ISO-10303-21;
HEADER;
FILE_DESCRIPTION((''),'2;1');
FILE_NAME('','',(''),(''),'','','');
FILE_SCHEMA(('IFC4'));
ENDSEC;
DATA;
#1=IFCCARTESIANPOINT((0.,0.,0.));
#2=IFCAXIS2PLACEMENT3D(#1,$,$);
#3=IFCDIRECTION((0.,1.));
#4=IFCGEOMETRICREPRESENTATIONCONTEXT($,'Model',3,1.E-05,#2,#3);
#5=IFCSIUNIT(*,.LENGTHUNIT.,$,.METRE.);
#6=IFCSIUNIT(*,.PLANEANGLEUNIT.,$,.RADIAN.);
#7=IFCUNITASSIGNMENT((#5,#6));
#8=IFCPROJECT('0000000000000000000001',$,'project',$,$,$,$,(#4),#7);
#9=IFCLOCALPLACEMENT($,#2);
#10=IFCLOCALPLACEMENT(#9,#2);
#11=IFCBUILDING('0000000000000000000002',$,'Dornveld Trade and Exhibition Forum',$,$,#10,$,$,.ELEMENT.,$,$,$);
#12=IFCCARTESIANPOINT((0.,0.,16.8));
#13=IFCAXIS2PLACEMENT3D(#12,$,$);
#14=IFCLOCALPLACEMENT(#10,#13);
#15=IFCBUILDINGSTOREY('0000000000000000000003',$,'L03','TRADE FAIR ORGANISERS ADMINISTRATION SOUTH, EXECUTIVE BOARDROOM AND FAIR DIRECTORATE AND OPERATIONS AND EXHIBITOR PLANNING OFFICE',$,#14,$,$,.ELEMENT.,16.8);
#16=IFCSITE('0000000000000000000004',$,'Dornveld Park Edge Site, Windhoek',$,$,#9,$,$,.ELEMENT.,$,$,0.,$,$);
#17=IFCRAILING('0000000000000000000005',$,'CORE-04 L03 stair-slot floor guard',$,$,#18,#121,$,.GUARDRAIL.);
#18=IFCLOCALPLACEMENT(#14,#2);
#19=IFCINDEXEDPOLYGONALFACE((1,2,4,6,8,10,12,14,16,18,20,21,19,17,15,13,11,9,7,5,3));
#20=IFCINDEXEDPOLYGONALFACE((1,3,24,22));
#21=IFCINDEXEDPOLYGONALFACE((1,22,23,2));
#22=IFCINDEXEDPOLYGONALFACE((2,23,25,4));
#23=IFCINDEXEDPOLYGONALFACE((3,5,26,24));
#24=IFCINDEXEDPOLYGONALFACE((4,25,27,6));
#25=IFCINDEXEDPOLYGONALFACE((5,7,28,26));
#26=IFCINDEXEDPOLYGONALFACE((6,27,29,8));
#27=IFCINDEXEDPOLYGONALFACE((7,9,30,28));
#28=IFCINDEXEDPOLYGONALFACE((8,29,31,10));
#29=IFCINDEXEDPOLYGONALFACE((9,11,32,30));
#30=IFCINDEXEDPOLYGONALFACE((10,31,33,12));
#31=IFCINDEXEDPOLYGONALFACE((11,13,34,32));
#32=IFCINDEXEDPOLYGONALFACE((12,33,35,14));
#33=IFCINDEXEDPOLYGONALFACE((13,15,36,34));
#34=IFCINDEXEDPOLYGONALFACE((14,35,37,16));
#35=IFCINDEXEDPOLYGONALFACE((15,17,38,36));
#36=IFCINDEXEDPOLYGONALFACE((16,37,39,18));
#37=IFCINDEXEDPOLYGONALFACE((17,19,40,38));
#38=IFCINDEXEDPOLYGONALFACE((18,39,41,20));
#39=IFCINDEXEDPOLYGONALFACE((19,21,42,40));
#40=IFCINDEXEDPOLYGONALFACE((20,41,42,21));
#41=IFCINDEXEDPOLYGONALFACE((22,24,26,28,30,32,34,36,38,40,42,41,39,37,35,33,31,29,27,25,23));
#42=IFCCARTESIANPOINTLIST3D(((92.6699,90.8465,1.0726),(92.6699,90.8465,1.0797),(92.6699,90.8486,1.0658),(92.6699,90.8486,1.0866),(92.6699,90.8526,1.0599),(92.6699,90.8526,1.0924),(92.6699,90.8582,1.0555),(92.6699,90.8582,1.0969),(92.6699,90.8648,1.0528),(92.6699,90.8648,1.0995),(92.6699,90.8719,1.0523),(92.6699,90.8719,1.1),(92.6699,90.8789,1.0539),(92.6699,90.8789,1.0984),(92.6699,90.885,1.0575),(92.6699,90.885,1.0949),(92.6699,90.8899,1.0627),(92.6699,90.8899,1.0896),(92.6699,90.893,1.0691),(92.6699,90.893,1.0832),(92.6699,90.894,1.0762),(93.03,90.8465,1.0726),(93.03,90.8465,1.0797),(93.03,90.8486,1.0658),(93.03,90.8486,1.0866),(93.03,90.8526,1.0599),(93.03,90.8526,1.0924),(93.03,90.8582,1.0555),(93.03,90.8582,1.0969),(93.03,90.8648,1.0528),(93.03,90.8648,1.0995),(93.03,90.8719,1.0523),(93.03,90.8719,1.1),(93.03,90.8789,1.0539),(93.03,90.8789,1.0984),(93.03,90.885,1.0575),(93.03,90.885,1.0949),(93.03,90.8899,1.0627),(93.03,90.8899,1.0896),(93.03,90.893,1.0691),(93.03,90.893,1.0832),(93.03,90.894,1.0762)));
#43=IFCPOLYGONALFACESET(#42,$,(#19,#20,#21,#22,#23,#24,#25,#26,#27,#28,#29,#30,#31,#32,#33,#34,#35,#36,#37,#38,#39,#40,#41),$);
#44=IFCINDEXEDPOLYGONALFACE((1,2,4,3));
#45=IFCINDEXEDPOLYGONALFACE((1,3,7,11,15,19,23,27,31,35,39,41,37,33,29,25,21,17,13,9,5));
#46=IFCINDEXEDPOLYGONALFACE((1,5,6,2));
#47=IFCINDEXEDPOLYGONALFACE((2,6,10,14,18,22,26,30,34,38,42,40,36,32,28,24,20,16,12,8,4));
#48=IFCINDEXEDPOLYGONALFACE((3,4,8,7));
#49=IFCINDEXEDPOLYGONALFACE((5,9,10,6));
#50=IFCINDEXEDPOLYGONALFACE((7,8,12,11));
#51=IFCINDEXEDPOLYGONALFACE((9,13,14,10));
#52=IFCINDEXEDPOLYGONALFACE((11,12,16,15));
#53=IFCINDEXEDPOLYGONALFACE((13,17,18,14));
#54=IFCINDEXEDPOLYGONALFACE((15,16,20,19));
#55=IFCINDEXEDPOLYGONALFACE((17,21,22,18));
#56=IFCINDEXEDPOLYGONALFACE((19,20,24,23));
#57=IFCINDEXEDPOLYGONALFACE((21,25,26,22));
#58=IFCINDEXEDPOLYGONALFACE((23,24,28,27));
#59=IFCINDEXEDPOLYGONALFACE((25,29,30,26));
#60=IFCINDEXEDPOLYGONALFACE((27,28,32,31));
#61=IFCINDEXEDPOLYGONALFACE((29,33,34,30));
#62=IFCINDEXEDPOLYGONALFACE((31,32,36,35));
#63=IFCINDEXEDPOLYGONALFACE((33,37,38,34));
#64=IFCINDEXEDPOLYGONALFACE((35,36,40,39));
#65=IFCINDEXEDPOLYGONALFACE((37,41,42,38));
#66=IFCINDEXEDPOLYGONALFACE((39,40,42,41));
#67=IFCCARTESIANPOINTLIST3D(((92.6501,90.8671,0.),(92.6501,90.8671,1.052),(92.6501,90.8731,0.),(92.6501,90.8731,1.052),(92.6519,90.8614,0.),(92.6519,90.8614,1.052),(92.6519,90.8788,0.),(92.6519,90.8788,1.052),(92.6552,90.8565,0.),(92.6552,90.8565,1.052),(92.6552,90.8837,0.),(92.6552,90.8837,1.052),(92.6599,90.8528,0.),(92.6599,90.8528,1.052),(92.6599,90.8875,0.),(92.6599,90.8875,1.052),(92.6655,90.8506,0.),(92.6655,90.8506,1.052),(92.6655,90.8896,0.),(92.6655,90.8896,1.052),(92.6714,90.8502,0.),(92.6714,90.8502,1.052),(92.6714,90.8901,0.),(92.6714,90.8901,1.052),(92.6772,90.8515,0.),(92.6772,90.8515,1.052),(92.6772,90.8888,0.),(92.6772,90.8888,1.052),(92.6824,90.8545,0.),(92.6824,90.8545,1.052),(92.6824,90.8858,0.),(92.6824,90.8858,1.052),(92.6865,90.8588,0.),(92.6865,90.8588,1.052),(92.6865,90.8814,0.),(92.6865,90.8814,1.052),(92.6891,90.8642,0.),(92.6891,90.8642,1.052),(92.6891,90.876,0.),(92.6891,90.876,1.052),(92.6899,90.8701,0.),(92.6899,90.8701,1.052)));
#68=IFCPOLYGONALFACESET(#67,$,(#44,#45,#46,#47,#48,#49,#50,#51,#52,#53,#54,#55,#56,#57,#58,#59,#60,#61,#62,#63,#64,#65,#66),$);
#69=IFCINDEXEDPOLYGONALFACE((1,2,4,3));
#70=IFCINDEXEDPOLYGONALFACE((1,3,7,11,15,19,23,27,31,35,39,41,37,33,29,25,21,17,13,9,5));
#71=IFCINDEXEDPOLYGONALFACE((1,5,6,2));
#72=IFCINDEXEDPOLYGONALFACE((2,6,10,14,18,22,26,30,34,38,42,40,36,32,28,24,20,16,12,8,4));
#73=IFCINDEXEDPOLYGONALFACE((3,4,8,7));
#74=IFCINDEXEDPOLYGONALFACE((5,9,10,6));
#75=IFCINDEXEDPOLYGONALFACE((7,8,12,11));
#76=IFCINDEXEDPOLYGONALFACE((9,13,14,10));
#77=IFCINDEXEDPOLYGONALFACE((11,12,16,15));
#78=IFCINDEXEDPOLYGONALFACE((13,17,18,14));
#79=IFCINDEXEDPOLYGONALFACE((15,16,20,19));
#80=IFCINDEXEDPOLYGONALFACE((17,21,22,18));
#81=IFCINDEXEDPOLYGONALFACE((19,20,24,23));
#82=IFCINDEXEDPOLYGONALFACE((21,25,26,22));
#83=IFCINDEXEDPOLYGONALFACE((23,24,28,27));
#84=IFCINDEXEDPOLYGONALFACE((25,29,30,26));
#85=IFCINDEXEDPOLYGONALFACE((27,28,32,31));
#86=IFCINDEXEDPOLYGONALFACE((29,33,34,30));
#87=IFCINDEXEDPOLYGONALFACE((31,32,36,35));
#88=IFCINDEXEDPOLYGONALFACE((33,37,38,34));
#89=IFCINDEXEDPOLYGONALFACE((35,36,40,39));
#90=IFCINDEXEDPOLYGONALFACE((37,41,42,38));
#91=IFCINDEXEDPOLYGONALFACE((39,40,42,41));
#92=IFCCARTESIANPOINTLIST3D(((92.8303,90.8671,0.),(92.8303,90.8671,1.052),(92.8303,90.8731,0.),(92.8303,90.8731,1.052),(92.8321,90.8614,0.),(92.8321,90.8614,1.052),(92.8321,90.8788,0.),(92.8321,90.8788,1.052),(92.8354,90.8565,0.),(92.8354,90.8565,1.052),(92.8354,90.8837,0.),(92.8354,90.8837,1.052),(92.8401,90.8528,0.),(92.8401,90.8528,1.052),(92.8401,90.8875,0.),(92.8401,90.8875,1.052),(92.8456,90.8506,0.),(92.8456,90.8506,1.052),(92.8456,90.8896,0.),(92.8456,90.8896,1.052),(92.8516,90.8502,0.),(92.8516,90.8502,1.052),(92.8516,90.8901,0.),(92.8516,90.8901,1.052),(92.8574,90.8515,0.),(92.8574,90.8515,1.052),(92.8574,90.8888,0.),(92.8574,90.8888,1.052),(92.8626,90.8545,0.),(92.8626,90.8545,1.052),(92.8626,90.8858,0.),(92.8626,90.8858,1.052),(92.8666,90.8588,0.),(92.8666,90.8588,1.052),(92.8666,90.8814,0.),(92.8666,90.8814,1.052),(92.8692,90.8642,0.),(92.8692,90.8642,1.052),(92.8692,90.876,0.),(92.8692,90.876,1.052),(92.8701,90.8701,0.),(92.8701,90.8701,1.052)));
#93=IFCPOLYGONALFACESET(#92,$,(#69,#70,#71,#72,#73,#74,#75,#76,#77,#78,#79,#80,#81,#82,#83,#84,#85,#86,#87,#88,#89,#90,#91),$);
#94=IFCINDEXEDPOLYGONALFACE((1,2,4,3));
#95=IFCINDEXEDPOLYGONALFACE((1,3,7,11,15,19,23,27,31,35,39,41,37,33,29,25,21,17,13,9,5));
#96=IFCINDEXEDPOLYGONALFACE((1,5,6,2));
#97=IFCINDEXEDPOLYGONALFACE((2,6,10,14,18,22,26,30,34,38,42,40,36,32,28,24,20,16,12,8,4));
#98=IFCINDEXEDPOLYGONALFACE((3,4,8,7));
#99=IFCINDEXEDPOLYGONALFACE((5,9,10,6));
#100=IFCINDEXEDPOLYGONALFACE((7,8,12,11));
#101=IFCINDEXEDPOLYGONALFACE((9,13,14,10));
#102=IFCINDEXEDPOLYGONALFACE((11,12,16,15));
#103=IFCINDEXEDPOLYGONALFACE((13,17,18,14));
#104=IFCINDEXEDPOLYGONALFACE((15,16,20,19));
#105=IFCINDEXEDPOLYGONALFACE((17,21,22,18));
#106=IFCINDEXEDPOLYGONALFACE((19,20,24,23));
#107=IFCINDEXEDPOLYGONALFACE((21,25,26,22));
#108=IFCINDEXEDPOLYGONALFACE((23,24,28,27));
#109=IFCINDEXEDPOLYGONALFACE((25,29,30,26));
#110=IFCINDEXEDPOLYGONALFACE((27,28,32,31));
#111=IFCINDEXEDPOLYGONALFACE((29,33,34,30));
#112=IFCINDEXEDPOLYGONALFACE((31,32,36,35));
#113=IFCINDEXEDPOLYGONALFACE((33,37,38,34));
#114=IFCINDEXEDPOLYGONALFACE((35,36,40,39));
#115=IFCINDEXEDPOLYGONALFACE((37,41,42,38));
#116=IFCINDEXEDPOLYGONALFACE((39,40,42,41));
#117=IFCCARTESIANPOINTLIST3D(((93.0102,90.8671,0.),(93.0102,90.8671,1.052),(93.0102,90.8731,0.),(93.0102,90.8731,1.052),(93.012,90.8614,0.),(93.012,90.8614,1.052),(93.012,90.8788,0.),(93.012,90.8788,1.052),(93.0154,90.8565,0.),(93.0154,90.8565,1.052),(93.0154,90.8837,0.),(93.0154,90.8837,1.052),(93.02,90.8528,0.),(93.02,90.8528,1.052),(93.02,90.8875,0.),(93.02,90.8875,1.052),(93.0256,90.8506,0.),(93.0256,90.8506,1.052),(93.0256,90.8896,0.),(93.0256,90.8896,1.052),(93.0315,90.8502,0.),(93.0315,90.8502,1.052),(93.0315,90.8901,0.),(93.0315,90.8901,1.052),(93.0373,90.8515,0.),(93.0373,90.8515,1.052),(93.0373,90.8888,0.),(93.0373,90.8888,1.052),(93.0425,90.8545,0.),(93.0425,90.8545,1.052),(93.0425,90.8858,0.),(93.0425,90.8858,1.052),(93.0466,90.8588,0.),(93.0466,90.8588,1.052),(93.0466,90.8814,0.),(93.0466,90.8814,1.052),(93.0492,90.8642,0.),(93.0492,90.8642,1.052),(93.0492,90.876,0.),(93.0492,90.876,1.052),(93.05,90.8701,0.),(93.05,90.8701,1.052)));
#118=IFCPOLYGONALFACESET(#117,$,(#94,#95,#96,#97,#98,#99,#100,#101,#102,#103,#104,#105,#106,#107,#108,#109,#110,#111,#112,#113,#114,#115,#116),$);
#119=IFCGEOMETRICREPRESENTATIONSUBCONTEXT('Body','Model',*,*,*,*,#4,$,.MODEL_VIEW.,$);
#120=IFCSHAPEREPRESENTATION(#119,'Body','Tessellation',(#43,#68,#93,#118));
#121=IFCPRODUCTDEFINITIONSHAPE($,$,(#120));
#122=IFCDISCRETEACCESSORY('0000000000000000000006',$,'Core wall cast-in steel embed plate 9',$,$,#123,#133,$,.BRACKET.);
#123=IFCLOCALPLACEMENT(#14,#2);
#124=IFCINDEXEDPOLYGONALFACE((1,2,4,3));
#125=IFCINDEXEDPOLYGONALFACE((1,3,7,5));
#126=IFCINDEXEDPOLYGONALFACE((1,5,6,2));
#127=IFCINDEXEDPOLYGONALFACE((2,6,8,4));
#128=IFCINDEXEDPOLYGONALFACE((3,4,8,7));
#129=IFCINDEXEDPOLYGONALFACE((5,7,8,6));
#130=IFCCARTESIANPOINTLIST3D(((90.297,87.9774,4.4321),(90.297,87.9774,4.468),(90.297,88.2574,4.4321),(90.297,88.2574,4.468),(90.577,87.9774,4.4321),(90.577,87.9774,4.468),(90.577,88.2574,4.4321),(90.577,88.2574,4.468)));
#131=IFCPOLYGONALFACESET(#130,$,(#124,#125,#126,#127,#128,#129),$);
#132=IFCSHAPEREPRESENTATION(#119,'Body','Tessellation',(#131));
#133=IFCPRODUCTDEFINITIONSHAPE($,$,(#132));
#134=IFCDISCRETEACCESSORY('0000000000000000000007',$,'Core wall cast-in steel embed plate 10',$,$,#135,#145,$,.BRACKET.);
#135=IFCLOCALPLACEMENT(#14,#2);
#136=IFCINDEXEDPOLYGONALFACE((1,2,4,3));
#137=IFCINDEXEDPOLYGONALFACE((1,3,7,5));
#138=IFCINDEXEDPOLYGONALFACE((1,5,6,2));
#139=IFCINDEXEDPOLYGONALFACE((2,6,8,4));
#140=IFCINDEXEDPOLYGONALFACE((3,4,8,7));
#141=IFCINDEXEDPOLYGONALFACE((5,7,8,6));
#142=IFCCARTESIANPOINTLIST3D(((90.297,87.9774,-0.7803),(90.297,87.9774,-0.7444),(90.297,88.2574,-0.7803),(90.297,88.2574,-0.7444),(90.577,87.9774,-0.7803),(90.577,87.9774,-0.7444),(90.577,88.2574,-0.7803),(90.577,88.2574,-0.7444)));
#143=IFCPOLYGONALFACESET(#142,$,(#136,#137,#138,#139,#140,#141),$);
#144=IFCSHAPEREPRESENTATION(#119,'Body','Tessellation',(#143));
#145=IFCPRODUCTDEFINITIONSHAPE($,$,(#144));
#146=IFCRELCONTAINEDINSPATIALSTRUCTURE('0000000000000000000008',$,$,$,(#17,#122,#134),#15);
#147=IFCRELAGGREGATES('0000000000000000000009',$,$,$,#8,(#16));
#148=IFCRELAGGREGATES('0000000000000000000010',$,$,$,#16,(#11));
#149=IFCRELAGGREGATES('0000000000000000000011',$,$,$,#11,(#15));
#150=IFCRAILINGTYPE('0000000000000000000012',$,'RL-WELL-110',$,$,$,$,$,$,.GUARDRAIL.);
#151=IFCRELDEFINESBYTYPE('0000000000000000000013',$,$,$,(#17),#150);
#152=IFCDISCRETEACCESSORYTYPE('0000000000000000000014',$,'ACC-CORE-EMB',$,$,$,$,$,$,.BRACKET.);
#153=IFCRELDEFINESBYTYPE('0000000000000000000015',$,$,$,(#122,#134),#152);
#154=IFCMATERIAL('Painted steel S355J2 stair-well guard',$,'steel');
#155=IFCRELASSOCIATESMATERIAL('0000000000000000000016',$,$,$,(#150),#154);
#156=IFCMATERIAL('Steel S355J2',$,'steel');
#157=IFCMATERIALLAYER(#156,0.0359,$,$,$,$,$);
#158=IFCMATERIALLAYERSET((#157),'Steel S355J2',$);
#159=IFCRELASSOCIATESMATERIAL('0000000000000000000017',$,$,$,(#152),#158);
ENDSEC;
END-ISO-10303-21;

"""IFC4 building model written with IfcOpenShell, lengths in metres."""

from ifc_helpers import new_model, si_unit, direction, frame, origin, origin_2d, place, context, subcontext, project, spatial, rectangle, circle, extrude, material, layer, layer_set, type_object, element, save


model = new_model("IFC4")

# Units and contexts
model_context = context("Model", 3, precision=1e-05, world=origin(), true_north=direction((0.0, 1.0)))
body_context = subcontext(model_context, "Body", "Model", "MODEL_VIEW")
ifc_project = project(units=[si_unit("LENGTHUNIT", "METRE"), si_unit("PLANEANGLEUNIT", "RADIAN")], contexts=[model_context])

# Site, building, storey
site_placement = place(None, origin())
site = spatial("IfcSite", under=ifc_project, at=site_placement, Name="Dornveld Park Edge Site, Windhoek", CompositionType="ELEMENT", RefElevation=0.0)
building_placement = place(site_placement, origin())
building = spatial("IfcBuilding", under=site, at=building_placement, Name="Dornveld Trade and Exhibition Forum", CompositionType="ELEMENT")
storey_placement = place(building_placement, frame((0.0, 0.0, 16.8)))
storey = spatial("IfcBuildingStorey", under=building, at=storey_placement, Name="L03", Description="TRADE FAIR ORGANISERS ADMINISTRATION SOUTH, EXECUTIVE BOARDROOM AND FAIR DIRECTORATE AND OPERATIONS AND EXHIBITOR PLANNING OFFICE", CompositionType="ELEMENT", Elevation=16.8)

# Railing
ifc_material_1 = material(Name="Painted steel S355J2 stair-well guard", Category="steel")
railing_type_1 = type_object("IfcRailingType", Name="RL-WELL-110", PredefinedType="GUARDRAIL", material=ifc_material_1)
railing_1_placement = place(storey_placement, frame((92.6699, 90.8701, 0.0)))
element("IfcRailing", 1, at=railing_1_placement, inside=storey, type_object=railing_type_1, Name="CORE-04 L03 stair-slot floor guard", PredefinedType="GUARDRAIL", context=body_context, shape_type="SweptSolid", body=[
    extrude(circle(Radius=0.0239, at=origin_2d()), frame((0.0, 0.0, 1.0762), z_axis=(1.0, 0.0, 0.0), x_axis=(0.0, 1.0, 0.0)), (0.0, 0.0, 1.0), 0.3601),
    extrude(circle(Radius=0.02, at=origin_2d()), origin(), (0.0, 0.0, 1.0), 1.052),
    extrude(circle(Radius=0.02, at=origin_2d()), frame((0.1802, 0.0, 0.0)), (0.0, 0.0, 1.0), 1.052),
    extrude(circle(Radius=0.02, at=origin_2d()), frame((0.3601, 0.0, 0.0)), (0.0, 0.0, 1.0), 1.052),
])

# Discrete accessories
ifc_material_2 = material(Name="Steel S355J2", Category="steel")
ifc_layer_1 = layer(ifc_material_2, 0.0359)
ifc_layer_set_1 = layer_set([ifc_layer_1], Name="Steel S355J2")
discrete_accessory_type = type_object("IfcDiscreteAccessoryType", Name="ACC-CORE-EMB", PredefinedType="BRACKET", material=ifc_layer_set_1)
for number, where, z_axis, x_axis, name in (
    (2, (90.437, 88.1174, 4.4321), (0.0, 0.0, 1.0), (1.0, 0.0, 0.0), "Core wall cast-in steel embed plate 9"),
    (3, (90.437, 88.1174, -0.7803), (0.0, 0.0, 1.0), (1.0, 0.0, 0.0), "Core wall cast-in steel embed plate 10"),
):
    element("IfcDiscreteAccessory", number, at=place(storey_placement, frame(where, z_axis=z_axis, x_axis=x_axis)), inside=storey, type_object=discrete_accessory_type, Name=name, PredefinedType="BRACKET", context=body_context, shape_type="SweptSolid", body=[
        extrude(rectangle(XDim=0.28, YDim=0.28, at=origin_2d()), origin(), (0.0, 0.0, 1.0), 0.0359),
    ])

save(model, "model.ifc")
